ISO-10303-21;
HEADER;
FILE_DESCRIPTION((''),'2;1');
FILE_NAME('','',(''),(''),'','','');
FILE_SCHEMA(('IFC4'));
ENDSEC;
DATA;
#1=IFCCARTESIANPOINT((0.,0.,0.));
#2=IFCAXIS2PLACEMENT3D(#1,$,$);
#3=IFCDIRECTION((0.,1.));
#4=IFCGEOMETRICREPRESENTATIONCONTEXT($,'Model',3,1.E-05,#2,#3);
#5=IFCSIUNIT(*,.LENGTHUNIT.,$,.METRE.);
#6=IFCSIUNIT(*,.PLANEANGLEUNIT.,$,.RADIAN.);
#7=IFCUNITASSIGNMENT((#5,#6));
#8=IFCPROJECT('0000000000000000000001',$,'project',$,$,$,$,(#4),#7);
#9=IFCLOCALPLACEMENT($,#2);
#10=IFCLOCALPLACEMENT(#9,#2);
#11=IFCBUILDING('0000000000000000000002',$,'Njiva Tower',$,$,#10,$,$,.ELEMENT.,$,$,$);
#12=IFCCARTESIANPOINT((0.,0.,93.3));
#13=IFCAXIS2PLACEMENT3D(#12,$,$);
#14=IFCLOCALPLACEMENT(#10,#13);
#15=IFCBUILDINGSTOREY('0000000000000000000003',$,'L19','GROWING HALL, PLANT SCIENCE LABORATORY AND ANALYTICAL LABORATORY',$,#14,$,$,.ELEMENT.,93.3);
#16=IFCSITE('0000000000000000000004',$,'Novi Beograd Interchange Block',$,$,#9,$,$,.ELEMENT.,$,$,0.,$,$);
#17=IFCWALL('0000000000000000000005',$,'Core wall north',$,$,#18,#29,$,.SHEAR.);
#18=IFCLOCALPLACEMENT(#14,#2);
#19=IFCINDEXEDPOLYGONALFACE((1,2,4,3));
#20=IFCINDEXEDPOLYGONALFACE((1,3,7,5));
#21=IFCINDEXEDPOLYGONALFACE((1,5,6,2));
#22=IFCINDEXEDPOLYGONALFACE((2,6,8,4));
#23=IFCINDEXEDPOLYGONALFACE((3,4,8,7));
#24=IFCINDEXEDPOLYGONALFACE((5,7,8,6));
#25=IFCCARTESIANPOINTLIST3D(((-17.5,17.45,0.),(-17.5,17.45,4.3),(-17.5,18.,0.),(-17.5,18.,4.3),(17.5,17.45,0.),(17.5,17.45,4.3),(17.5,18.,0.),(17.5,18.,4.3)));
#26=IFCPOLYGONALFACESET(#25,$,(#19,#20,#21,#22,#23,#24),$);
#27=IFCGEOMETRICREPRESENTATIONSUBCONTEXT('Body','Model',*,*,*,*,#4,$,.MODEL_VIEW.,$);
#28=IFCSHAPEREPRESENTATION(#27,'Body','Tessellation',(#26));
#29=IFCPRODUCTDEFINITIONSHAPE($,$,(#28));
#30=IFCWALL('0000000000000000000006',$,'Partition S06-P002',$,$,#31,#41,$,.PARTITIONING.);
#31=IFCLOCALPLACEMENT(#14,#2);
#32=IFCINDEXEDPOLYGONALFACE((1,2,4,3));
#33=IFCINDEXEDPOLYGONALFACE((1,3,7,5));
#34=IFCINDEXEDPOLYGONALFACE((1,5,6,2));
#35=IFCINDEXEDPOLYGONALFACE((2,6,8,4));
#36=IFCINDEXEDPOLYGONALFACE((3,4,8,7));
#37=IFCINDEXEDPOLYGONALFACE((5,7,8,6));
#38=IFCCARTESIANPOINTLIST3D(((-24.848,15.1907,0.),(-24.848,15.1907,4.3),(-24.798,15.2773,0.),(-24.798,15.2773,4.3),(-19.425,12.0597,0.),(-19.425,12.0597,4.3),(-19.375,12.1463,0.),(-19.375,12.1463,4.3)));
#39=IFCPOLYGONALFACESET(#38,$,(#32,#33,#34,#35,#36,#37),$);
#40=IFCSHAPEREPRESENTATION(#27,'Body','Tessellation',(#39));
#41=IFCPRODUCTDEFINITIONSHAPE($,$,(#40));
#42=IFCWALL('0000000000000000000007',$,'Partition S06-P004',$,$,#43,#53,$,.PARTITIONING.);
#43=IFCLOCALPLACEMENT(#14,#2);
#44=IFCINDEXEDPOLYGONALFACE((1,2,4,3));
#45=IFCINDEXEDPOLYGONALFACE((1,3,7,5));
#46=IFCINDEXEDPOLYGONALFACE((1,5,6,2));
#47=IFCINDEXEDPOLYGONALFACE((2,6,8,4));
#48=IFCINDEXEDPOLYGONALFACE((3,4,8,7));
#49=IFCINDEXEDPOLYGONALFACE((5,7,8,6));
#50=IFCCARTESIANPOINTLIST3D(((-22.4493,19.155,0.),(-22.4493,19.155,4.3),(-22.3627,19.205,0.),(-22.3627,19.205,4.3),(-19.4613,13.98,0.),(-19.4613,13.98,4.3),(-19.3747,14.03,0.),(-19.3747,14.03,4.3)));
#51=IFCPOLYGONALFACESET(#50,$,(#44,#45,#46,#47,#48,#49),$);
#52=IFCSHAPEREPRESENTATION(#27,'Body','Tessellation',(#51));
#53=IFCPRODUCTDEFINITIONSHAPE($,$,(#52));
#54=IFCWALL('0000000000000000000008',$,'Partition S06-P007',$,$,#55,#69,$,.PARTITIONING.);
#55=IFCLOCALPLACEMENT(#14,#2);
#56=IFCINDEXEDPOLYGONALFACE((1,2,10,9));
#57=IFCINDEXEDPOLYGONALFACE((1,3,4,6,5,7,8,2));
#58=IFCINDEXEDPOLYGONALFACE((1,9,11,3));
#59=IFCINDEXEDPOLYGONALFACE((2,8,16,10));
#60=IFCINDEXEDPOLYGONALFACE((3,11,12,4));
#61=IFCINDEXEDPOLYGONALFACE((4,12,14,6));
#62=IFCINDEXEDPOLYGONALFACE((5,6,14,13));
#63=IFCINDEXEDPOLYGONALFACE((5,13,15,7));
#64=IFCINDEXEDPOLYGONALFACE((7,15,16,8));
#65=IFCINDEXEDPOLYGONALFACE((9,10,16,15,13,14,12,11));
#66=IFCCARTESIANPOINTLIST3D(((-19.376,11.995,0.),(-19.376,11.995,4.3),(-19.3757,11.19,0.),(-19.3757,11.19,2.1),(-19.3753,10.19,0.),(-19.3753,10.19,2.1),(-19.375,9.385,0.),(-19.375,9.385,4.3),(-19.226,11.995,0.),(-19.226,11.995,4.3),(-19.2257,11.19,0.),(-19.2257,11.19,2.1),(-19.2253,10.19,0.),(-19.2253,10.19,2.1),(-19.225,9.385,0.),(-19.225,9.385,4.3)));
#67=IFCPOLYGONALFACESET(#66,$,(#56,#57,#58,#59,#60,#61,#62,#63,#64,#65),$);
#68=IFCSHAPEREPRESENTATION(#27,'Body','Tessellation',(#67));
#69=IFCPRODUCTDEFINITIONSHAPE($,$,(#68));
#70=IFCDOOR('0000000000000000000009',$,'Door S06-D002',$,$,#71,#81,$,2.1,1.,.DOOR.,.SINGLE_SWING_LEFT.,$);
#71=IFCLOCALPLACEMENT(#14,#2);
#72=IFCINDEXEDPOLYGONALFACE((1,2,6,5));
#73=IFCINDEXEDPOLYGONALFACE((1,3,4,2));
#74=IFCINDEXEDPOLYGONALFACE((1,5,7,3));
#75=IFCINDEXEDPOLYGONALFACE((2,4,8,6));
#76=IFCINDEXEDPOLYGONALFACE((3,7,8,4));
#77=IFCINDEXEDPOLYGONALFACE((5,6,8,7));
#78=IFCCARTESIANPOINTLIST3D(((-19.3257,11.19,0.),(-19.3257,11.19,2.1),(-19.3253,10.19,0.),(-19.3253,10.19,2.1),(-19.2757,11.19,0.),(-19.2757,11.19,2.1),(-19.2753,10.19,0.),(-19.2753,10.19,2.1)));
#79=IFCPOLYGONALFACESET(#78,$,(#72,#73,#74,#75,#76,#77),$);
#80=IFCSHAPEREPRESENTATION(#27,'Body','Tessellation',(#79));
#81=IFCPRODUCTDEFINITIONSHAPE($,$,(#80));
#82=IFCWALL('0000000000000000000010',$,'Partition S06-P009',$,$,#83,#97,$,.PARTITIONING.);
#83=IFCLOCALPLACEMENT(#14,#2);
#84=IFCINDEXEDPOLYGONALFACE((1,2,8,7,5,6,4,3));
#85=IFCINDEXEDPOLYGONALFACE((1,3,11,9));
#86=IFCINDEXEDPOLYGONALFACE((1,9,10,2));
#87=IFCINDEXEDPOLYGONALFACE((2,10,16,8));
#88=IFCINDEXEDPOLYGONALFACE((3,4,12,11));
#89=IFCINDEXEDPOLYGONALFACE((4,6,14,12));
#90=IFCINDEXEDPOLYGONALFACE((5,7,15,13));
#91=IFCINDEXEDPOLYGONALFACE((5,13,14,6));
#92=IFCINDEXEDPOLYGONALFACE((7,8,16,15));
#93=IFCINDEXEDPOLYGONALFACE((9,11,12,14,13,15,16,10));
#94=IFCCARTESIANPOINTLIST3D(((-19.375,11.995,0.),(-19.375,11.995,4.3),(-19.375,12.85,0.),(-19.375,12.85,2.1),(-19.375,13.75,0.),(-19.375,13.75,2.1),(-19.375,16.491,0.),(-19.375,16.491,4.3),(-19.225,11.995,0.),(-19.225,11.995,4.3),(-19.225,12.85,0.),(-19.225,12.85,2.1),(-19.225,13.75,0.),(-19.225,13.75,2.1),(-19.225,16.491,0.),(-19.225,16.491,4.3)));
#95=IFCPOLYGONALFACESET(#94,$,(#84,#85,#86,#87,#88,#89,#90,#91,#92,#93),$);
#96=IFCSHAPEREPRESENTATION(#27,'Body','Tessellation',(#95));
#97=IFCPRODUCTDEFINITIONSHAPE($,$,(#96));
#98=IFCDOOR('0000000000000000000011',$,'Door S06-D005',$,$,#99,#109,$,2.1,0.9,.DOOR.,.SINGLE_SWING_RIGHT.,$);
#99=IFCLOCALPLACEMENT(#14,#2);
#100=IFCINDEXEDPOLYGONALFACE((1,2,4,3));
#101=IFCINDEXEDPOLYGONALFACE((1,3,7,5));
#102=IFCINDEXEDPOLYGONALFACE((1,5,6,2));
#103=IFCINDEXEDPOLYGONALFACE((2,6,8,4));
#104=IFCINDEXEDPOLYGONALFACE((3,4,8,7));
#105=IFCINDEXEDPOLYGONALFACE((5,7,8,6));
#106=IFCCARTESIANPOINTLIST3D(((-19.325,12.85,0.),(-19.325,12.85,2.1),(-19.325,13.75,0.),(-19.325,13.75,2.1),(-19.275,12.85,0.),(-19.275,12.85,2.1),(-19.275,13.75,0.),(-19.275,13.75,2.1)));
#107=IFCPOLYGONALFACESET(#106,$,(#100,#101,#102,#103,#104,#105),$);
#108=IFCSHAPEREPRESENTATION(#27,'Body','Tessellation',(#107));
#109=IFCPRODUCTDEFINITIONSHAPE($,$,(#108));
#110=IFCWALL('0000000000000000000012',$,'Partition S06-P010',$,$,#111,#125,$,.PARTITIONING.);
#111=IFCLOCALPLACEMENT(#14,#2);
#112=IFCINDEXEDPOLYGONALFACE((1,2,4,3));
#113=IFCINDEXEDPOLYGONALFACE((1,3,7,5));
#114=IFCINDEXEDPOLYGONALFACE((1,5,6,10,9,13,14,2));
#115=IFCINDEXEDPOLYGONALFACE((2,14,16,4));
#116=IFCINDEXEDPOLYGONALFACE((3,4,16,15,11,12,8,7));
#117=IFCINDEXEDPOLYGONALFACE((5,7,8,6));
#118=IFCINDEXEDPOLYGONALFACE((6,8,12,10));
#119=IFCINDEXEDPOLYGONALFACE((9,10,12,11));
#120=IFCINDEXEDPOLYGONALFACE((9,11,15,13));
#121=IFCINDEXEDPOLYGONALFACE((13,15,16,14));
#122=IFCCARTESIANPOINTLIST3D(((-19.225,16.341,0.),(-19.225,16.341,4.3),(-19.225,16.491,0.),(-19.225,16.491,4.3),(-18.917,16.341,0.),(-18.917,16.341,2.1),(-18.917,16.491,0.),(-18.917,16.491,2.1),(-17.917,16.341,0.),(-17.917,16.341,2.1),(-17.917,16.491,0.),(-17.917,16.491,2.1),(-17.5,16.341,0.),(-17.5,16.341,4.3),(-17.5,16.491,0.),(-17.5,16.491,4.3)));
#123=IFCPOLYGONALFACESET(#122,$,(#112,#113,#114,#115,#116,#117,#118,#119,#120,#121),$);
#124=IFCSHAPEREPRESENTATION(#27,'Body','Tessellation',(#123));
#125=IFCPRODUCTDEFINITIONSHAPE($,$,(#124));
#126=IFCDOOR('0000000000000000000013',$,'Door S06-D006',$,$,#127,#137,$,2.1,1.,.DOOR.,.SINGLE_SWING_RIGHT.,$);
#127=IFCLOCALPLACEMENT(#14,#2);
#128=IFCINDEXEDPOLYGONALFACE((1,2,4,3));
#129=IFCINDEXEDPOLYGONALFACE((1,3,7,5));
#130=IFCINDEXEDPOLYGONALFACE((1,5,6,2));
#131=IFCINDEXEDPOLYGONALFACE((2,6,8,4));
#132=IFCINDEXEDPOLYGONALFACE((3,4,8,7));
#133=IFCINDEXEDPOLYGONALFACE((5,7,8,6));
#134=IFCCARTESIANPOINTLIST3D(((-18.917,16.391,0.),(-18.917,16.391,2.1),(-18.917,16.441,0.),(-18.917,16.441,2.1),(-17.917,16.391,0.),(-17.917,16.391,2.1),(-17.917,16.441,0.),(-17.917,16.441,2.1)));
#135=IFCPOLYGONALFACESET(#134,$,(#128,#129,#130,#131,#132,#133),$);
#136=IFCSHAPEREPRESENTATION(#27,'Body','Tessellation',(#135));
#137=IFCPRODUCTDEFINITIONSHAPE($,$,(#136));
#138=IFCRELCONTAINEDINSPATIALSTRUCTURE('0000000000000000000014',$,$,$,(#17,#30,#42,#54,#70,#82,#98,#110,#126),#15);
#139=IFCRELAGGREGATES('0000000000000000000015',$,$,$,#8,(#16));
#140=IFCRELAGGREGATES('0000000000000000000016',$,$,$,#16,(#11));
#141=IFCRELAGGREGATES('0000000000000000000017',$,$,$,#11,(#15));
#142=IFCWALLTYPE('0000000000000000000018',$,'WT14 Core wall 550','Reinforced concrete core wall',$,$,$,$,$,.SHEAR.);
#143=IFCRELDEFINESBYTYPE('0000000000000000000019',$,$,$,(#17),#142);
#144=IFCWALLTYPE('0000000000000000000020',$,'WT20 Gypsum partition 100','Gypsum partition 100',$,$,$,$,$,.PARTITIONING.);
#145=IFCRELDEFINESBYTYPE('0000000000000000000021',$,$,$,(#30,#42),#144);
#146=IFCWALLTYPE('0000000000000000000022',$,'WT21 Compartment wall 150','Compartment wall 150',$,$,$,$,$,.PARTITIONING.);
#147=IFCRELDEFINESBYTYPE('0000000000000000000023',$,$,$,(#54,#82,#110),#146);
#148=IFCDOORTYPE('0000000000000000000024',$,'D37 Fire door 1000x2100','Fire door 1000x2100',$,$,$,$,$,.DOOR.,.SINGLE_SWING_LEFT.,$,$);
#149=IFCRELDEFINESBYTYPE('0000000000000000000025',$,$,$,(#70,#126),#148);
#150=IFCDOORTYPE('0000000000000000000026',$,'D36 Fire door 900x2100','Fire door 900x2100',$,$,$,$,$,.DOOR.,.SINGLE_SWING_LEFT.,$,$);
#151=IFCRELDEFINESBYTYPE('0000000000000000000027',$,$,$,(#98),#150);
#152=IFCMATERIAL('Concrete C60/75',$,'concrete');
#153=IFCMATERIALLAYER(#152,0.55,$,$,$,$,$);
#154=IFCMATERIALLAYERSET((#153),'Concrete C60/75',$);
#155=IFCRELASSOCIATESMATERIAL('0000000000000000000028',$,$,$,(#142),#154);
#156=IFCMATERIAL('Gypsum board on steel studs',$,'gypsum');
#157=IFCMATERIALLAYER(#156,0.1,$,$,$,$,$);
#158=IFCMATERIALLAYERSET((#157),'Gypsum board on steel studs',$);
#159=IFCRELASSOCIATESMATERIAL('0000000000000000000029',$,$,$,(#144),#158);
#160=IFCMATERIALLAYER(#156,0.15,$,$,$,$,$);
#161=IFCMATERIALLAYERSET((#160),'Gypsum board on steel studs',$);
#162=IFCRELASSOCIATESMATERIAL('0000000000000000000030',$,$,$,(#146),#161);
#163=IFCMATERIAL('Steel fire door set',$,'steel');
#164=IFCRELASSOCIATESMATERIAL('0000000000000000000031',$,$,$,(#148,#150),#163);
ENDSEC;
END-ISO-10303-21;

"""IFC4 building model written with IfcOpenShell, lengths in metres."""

from ifc_helpers import new_model, si_unit, direction, frame, frame_2d, origin, place, context, subcontext, project, spatial, rectangle, extrude, material, layer, layer_set, type_object, element, fill, save


model = new_model("IFC4")

# Units and contexts
model_context = context("Model", 3, precision=1e-05, world=origin(), true_north=direction((0.0, 1.0)))
body_context = subcontext(model_context, "Body", "Model", "MODEL_VIEW")
ifc_project = project(units=[si_unit("LENGTHUNIT", "METRE"), si_unit("PLANEANGLEUNIT", "RADIAN")], contexts=[model_context])

# Site, building, storey
site_placement = place(None, origin())
site = spatial("IfcSite", under=ifc_project, at=site_placement, Name="Novi Beograd Interchange Block", CompositionType="ELEMENT", RefElevation=0.0)
building_placement = place(site_placement, origin())
building = spatial("IfcBuilding", under=site, at=building_placement, Name="Njiva Tower", CompositionType="ELEMENT")
storey_placement = place(building_placement, frame((0.0, 0.0, 93.3)))
storey = spatial("IfcBuildingStorey", under=building, at=storey_placement, Name="L19", Description="GROWING HALL, PLANT SCIENCE LABORATORY AND ANALYTICAL LABORATORY", CompositionType="ELEMENT", Elevation=93.3)

# Walls
ifc_material_1 = material(Name="Concrete C60/75", Category="concrete")
ifc_layer_1 = layer(ifc_material_1, 0.55)
ifc_layer_set_1 = layer_set([ifc_layer_1], Name="Concrete C60/75")
wall_type_1 = type_object("IfcWallType", Name="WT14 Core wall 550", Description="Reinforced concrete core wall", PredefinedType="SHEAR", material=ifc_layer_set_1)
wall_1_placement = place(storey_placement, frame((-17.5, 17.725, 0.0), z_axis=(0.0, 0.0, 1.0), x_axis=(1.0, 0.0, 0.0)))
element("IfcWall", 1, at=wall_1_placement, inside=storey, type_object=wall_type_1, Name="Core wall north", PredefinedType="SHEAR", context=body_context, shape_type="SweptSolid", body=[
    extrude(rectangle(XDim=35.0, YDim=0.55, at=frame_2d((17.5, 0.0))), origin(), (0.0, 0.0, 1.0), 4.3),
])
ifc_material_2 = material(Name="Gypsum board on steel studs", Category="gypsum")
ifc_layer_2 = layer(ifc_material_2, 0.1)
ifc_layer_set_2 = layer_set([ifc_layer_2], Name="Gypsum board on steel studs")
wall_type_2 = type_object("IfcWallType", Name="WT20 Gypsum partition 100", Description="Gypsum partition 100", PredefinedType="PARTITIONING", material=ifc_layer_set_2)
wall_2_placement = place(storey_placement, frame((-24.823, 15.234, 0.0), z_axis=(0.0, 0.0, 1.0), x_axis=(0.866023, -0.500004, 0.0)))
element("IfcWall", 2, at=wall_2_placement, inside=storey, type_object=wall_type_2, Name="Partition S06-P002", PredefinedType="PARTITIONING", context=body_context, shape_type="SweptSolid", body=[
    extrude(rectangle(XDim=6.262, YDim=0.1, at=frame_2d((3.131, 0.0))), origin(), (0.0, 0.0, 1.0), 4.3),
])
wall_3_placement = place(storey_placement, frame((-22.406, 19.18, 0.0), z_axis=(0.0, 0.0, 1.0), x_axis=(0.500027, -0.86601, 0.0)))
element("IfcWall", 3, at=wall_3_placement, inside=storey, type_object=wall_type_2, Name="Partition S06-P004", PredefinedType="PARTITIONING", context=body_context, shape_type="SweptSolid", body=[
    extrude(rectangle(XDim=5.9757, YDim=0.1, at=frame_2d((2.9878, 0.0))), origin(), (0.0, 0.0, 1.0), 4.3),
])

# Walls, openings, doors
ifc_layer_3 = layer(ifc_material_2, 0.15)
ifc_layer_set_3 = layer_set([ifc_layer_3], Name="Gypsum board on steel studs")
wall_type_3 = type_object("IfcWallType", Name="WT21 Compartment wall 150", Description="Compartment wall 150", PredefinedType="PARTITIONING", material=ifc_layer_set_3)
wall_4_placement = place(storey_placement, frame((-19.301, 11.995, 0.0), z_axis=(0.0, 0.0, 1.0), x_axis=(0.000383, -1.0, 0.0)))
wall_4 = element("IfcWall", 4, at=wall_4_placement, inside=storey, type_object=wall_type_3, Name="Partition S06-P007", PredefinedType="PARTITIONING", context=body_context, shape_type="SweptSolid", body=[
    extrude(rectangle(XDim=2.61, YDim=0.15, at=frame_2d((1.305, 0.0))), origin(), (0.0, 0.0, 1.0), 4.3),
])
opening_1_placement = place(wall_4_placement, frame((0.805, 0.0, 0.0)))
opening_1 = element("IfcOpeningElement", 5, at=opening_1_placement, cuts=wall_4, PredefinedType="OPENING", context=body_context, shape_type="SweptSolid", body=[
    extrude(rectangle(XDim=1.0, YDim=2.1, at=frame_2d((0.5, 1.05))), frame((0.0, 0.085, 0.0), z_axis=(0.0, -1.0, 0.0), x_axis=(1.0, 0.0, 0.0)), (0.0, 0.0, 1.0), 0.17),
])
ifc_material_3 = material(Name="Steel fire door set", Category="steel")
door_type_1 = type_object("IfcDoorType", Name="D37 Fire door 1000x2100", Description="Fire door 1000x2100", OperationType="SINGLE_SWING_LEFT", PredefinedType="DOOR", material=ifc_material_3)
door_1_placement = place(opening_1_placement, origin())
door_1 = element("IfcDoor", 6, at=door_1_placement, inside=storey, type_object=door_type_1, Name="Door S06-D002", OperationType="SINGLE_SWING_LEFT", OverallHeight=2.1, OverallWidth=1.0, PredefinedType="DOOR", context=body_context, shape_type="SweptSolid", body=[
    extrude(rectangle(XDim=1.0, YDim=2.1, at=frame_2d((0.5, 1.05))), frame((0.0, 0.025, 0.0), z_axis=(0.0, -1.0, 0.0), x_axis=(1.0, 0.0, 0.0)), (0.0, 0.0, 1.0), 0.05),
])
fill(opening_1, door_1)
wall_5_placement = place(storey_placement, frame((-19.3, 11.995, 0.0), z_axis=(0.0, 0.0, 1.0), x_axis=(0.0, 1.0, 0.0)))
wall_5 = element("IfcWall", 7, at=wall_5_placement, inside=storey, type_object=wall_type_3, Name="Partition S06-P009", PredefinedType="PARTITIONING", context=body_context, shape_type="SweptSolid", body=[
    extrude(rectangle(XDim=4.496, YDim=0.15, at=frame_2d((2.248, 0.0))), origin(), (0.0, 0.0, 1.0), 4.3),
])
opening_2_placement = place(wall_5_placement, frame((0.855, 0.0, 0.0)))
opening_2 = element("IfcOpeningElement", 8, at=opening_2_placement, cuts=wall_5, PredefinedType="OPENING", context=body_context, shape_type="SweptSolid", body=[
    extrude(rectangle(XDim=0.9, YDim=2.1, at=frame_2d((0.45, 1.05))), frame((0.0, 0.085, 0.0), z_axis=(0.0, -1.0, 0.0), x_axis=(1.0, 0.0, 0.0)), (0.0, 0.0, 1.0), 0.17),
])
door_type_2 = type_object("IfcDoorType", Name="D36 Fire door 900x2100", Description="Fire door 900x2100", OperationType="SINGLE_SWING_LEFT", PredefinedType="DOOR", material=ifc_material_3)
door_2_placement = place(opening_2_placement, origin())
door_2 = element("IfcDoor", 9, at=door_2_placement, inside=storey, type_object=door_type_2, Name="Door S06-D005", OperationType="SINGLE_SWING_RIGHT", OverallHeight=2.1, OverallWidth=0.9, PredefinedType="DOOR", context=body_context, shape_type="SweptSolid", body=[
    extrude(rectangle(XDim=0.9, YDim=2.1, at=frame_2d((0.45, 1.05))), frame((0.0, 0.025, 0.0), z_axis=(0.0, -1.0, 0.0), x_axis=(1.0, 0.0, 0.0)), (0.0, 0.0, 1.0), 0.05),
])
fill(opening_2, door_2)
wall_6_placement = place(storey_placement, frame((-19.225, 16.416, 0.0), z_axis=(0.0, 0.0, 1.0), x_axis=(1.0, 0.0, 0.0)))
wall_6 = element("IfcWall", 10, at=wall_6_placement, inside=storey, type_object=wall_type_3, Name="Partition S06-P010", PredefinedType="PARTITIONING", context=body_context, shape_type="SweptSolid", body=[
    extrude(rectangle(XDim=1.725, YDim=0.15, at=frame_2d((0.8625, 0.0))), origin(), (0.0, 0.0, 1.0), 4.3),
])
opening_3_placement = place(wall_6_placement, frame((0.308, 0.0, 0.0)))
opening_3 = element("IfcOpeningElement", 11, at=opening_3_placement, cuts=wall_6, PredefinedType="OPENING", context=body_context, shape_type="SweptSolid", body=[
    extrude(rectangle(XDim=1.0, YDim=2.1, at=frame_2d((0.5, 1.05))), frame((0.0, 0.085, 0.0), z_axis=(0.0, -1.0, 0.0), x_axis=(1.0, 0.0, 0.0)), (0.0, 0.0, 1.0), 0.17),
])
door_3_placement = place(opening_3_placement, origin())
door_3 = element("IfcDoor", 12, at=door_3_placement, inside=storey, type_object=door_type_1, Name="Door S06-D006", OperationType="SINGLE_SWING_RIGHT", OverallHeight=2.1, OverallWidth=1.0, PredefinedType="DOOR", context=body_context, shape_type="SweptSolid", body=[
    extrude(rectangle(XDim=1.0, YDim=2.1, at=frame_2d((0.5, 1.05))), frame((0.0, 0.025, 0.0), z_axis=(0.0, -1.0, 0.0), x_axis=(1.0, 0.0, 0.0)), (0.0, 0.0, 1.0), 0.05),
])
fill(opening_3, door_3)

save(model, "model.ifc")
